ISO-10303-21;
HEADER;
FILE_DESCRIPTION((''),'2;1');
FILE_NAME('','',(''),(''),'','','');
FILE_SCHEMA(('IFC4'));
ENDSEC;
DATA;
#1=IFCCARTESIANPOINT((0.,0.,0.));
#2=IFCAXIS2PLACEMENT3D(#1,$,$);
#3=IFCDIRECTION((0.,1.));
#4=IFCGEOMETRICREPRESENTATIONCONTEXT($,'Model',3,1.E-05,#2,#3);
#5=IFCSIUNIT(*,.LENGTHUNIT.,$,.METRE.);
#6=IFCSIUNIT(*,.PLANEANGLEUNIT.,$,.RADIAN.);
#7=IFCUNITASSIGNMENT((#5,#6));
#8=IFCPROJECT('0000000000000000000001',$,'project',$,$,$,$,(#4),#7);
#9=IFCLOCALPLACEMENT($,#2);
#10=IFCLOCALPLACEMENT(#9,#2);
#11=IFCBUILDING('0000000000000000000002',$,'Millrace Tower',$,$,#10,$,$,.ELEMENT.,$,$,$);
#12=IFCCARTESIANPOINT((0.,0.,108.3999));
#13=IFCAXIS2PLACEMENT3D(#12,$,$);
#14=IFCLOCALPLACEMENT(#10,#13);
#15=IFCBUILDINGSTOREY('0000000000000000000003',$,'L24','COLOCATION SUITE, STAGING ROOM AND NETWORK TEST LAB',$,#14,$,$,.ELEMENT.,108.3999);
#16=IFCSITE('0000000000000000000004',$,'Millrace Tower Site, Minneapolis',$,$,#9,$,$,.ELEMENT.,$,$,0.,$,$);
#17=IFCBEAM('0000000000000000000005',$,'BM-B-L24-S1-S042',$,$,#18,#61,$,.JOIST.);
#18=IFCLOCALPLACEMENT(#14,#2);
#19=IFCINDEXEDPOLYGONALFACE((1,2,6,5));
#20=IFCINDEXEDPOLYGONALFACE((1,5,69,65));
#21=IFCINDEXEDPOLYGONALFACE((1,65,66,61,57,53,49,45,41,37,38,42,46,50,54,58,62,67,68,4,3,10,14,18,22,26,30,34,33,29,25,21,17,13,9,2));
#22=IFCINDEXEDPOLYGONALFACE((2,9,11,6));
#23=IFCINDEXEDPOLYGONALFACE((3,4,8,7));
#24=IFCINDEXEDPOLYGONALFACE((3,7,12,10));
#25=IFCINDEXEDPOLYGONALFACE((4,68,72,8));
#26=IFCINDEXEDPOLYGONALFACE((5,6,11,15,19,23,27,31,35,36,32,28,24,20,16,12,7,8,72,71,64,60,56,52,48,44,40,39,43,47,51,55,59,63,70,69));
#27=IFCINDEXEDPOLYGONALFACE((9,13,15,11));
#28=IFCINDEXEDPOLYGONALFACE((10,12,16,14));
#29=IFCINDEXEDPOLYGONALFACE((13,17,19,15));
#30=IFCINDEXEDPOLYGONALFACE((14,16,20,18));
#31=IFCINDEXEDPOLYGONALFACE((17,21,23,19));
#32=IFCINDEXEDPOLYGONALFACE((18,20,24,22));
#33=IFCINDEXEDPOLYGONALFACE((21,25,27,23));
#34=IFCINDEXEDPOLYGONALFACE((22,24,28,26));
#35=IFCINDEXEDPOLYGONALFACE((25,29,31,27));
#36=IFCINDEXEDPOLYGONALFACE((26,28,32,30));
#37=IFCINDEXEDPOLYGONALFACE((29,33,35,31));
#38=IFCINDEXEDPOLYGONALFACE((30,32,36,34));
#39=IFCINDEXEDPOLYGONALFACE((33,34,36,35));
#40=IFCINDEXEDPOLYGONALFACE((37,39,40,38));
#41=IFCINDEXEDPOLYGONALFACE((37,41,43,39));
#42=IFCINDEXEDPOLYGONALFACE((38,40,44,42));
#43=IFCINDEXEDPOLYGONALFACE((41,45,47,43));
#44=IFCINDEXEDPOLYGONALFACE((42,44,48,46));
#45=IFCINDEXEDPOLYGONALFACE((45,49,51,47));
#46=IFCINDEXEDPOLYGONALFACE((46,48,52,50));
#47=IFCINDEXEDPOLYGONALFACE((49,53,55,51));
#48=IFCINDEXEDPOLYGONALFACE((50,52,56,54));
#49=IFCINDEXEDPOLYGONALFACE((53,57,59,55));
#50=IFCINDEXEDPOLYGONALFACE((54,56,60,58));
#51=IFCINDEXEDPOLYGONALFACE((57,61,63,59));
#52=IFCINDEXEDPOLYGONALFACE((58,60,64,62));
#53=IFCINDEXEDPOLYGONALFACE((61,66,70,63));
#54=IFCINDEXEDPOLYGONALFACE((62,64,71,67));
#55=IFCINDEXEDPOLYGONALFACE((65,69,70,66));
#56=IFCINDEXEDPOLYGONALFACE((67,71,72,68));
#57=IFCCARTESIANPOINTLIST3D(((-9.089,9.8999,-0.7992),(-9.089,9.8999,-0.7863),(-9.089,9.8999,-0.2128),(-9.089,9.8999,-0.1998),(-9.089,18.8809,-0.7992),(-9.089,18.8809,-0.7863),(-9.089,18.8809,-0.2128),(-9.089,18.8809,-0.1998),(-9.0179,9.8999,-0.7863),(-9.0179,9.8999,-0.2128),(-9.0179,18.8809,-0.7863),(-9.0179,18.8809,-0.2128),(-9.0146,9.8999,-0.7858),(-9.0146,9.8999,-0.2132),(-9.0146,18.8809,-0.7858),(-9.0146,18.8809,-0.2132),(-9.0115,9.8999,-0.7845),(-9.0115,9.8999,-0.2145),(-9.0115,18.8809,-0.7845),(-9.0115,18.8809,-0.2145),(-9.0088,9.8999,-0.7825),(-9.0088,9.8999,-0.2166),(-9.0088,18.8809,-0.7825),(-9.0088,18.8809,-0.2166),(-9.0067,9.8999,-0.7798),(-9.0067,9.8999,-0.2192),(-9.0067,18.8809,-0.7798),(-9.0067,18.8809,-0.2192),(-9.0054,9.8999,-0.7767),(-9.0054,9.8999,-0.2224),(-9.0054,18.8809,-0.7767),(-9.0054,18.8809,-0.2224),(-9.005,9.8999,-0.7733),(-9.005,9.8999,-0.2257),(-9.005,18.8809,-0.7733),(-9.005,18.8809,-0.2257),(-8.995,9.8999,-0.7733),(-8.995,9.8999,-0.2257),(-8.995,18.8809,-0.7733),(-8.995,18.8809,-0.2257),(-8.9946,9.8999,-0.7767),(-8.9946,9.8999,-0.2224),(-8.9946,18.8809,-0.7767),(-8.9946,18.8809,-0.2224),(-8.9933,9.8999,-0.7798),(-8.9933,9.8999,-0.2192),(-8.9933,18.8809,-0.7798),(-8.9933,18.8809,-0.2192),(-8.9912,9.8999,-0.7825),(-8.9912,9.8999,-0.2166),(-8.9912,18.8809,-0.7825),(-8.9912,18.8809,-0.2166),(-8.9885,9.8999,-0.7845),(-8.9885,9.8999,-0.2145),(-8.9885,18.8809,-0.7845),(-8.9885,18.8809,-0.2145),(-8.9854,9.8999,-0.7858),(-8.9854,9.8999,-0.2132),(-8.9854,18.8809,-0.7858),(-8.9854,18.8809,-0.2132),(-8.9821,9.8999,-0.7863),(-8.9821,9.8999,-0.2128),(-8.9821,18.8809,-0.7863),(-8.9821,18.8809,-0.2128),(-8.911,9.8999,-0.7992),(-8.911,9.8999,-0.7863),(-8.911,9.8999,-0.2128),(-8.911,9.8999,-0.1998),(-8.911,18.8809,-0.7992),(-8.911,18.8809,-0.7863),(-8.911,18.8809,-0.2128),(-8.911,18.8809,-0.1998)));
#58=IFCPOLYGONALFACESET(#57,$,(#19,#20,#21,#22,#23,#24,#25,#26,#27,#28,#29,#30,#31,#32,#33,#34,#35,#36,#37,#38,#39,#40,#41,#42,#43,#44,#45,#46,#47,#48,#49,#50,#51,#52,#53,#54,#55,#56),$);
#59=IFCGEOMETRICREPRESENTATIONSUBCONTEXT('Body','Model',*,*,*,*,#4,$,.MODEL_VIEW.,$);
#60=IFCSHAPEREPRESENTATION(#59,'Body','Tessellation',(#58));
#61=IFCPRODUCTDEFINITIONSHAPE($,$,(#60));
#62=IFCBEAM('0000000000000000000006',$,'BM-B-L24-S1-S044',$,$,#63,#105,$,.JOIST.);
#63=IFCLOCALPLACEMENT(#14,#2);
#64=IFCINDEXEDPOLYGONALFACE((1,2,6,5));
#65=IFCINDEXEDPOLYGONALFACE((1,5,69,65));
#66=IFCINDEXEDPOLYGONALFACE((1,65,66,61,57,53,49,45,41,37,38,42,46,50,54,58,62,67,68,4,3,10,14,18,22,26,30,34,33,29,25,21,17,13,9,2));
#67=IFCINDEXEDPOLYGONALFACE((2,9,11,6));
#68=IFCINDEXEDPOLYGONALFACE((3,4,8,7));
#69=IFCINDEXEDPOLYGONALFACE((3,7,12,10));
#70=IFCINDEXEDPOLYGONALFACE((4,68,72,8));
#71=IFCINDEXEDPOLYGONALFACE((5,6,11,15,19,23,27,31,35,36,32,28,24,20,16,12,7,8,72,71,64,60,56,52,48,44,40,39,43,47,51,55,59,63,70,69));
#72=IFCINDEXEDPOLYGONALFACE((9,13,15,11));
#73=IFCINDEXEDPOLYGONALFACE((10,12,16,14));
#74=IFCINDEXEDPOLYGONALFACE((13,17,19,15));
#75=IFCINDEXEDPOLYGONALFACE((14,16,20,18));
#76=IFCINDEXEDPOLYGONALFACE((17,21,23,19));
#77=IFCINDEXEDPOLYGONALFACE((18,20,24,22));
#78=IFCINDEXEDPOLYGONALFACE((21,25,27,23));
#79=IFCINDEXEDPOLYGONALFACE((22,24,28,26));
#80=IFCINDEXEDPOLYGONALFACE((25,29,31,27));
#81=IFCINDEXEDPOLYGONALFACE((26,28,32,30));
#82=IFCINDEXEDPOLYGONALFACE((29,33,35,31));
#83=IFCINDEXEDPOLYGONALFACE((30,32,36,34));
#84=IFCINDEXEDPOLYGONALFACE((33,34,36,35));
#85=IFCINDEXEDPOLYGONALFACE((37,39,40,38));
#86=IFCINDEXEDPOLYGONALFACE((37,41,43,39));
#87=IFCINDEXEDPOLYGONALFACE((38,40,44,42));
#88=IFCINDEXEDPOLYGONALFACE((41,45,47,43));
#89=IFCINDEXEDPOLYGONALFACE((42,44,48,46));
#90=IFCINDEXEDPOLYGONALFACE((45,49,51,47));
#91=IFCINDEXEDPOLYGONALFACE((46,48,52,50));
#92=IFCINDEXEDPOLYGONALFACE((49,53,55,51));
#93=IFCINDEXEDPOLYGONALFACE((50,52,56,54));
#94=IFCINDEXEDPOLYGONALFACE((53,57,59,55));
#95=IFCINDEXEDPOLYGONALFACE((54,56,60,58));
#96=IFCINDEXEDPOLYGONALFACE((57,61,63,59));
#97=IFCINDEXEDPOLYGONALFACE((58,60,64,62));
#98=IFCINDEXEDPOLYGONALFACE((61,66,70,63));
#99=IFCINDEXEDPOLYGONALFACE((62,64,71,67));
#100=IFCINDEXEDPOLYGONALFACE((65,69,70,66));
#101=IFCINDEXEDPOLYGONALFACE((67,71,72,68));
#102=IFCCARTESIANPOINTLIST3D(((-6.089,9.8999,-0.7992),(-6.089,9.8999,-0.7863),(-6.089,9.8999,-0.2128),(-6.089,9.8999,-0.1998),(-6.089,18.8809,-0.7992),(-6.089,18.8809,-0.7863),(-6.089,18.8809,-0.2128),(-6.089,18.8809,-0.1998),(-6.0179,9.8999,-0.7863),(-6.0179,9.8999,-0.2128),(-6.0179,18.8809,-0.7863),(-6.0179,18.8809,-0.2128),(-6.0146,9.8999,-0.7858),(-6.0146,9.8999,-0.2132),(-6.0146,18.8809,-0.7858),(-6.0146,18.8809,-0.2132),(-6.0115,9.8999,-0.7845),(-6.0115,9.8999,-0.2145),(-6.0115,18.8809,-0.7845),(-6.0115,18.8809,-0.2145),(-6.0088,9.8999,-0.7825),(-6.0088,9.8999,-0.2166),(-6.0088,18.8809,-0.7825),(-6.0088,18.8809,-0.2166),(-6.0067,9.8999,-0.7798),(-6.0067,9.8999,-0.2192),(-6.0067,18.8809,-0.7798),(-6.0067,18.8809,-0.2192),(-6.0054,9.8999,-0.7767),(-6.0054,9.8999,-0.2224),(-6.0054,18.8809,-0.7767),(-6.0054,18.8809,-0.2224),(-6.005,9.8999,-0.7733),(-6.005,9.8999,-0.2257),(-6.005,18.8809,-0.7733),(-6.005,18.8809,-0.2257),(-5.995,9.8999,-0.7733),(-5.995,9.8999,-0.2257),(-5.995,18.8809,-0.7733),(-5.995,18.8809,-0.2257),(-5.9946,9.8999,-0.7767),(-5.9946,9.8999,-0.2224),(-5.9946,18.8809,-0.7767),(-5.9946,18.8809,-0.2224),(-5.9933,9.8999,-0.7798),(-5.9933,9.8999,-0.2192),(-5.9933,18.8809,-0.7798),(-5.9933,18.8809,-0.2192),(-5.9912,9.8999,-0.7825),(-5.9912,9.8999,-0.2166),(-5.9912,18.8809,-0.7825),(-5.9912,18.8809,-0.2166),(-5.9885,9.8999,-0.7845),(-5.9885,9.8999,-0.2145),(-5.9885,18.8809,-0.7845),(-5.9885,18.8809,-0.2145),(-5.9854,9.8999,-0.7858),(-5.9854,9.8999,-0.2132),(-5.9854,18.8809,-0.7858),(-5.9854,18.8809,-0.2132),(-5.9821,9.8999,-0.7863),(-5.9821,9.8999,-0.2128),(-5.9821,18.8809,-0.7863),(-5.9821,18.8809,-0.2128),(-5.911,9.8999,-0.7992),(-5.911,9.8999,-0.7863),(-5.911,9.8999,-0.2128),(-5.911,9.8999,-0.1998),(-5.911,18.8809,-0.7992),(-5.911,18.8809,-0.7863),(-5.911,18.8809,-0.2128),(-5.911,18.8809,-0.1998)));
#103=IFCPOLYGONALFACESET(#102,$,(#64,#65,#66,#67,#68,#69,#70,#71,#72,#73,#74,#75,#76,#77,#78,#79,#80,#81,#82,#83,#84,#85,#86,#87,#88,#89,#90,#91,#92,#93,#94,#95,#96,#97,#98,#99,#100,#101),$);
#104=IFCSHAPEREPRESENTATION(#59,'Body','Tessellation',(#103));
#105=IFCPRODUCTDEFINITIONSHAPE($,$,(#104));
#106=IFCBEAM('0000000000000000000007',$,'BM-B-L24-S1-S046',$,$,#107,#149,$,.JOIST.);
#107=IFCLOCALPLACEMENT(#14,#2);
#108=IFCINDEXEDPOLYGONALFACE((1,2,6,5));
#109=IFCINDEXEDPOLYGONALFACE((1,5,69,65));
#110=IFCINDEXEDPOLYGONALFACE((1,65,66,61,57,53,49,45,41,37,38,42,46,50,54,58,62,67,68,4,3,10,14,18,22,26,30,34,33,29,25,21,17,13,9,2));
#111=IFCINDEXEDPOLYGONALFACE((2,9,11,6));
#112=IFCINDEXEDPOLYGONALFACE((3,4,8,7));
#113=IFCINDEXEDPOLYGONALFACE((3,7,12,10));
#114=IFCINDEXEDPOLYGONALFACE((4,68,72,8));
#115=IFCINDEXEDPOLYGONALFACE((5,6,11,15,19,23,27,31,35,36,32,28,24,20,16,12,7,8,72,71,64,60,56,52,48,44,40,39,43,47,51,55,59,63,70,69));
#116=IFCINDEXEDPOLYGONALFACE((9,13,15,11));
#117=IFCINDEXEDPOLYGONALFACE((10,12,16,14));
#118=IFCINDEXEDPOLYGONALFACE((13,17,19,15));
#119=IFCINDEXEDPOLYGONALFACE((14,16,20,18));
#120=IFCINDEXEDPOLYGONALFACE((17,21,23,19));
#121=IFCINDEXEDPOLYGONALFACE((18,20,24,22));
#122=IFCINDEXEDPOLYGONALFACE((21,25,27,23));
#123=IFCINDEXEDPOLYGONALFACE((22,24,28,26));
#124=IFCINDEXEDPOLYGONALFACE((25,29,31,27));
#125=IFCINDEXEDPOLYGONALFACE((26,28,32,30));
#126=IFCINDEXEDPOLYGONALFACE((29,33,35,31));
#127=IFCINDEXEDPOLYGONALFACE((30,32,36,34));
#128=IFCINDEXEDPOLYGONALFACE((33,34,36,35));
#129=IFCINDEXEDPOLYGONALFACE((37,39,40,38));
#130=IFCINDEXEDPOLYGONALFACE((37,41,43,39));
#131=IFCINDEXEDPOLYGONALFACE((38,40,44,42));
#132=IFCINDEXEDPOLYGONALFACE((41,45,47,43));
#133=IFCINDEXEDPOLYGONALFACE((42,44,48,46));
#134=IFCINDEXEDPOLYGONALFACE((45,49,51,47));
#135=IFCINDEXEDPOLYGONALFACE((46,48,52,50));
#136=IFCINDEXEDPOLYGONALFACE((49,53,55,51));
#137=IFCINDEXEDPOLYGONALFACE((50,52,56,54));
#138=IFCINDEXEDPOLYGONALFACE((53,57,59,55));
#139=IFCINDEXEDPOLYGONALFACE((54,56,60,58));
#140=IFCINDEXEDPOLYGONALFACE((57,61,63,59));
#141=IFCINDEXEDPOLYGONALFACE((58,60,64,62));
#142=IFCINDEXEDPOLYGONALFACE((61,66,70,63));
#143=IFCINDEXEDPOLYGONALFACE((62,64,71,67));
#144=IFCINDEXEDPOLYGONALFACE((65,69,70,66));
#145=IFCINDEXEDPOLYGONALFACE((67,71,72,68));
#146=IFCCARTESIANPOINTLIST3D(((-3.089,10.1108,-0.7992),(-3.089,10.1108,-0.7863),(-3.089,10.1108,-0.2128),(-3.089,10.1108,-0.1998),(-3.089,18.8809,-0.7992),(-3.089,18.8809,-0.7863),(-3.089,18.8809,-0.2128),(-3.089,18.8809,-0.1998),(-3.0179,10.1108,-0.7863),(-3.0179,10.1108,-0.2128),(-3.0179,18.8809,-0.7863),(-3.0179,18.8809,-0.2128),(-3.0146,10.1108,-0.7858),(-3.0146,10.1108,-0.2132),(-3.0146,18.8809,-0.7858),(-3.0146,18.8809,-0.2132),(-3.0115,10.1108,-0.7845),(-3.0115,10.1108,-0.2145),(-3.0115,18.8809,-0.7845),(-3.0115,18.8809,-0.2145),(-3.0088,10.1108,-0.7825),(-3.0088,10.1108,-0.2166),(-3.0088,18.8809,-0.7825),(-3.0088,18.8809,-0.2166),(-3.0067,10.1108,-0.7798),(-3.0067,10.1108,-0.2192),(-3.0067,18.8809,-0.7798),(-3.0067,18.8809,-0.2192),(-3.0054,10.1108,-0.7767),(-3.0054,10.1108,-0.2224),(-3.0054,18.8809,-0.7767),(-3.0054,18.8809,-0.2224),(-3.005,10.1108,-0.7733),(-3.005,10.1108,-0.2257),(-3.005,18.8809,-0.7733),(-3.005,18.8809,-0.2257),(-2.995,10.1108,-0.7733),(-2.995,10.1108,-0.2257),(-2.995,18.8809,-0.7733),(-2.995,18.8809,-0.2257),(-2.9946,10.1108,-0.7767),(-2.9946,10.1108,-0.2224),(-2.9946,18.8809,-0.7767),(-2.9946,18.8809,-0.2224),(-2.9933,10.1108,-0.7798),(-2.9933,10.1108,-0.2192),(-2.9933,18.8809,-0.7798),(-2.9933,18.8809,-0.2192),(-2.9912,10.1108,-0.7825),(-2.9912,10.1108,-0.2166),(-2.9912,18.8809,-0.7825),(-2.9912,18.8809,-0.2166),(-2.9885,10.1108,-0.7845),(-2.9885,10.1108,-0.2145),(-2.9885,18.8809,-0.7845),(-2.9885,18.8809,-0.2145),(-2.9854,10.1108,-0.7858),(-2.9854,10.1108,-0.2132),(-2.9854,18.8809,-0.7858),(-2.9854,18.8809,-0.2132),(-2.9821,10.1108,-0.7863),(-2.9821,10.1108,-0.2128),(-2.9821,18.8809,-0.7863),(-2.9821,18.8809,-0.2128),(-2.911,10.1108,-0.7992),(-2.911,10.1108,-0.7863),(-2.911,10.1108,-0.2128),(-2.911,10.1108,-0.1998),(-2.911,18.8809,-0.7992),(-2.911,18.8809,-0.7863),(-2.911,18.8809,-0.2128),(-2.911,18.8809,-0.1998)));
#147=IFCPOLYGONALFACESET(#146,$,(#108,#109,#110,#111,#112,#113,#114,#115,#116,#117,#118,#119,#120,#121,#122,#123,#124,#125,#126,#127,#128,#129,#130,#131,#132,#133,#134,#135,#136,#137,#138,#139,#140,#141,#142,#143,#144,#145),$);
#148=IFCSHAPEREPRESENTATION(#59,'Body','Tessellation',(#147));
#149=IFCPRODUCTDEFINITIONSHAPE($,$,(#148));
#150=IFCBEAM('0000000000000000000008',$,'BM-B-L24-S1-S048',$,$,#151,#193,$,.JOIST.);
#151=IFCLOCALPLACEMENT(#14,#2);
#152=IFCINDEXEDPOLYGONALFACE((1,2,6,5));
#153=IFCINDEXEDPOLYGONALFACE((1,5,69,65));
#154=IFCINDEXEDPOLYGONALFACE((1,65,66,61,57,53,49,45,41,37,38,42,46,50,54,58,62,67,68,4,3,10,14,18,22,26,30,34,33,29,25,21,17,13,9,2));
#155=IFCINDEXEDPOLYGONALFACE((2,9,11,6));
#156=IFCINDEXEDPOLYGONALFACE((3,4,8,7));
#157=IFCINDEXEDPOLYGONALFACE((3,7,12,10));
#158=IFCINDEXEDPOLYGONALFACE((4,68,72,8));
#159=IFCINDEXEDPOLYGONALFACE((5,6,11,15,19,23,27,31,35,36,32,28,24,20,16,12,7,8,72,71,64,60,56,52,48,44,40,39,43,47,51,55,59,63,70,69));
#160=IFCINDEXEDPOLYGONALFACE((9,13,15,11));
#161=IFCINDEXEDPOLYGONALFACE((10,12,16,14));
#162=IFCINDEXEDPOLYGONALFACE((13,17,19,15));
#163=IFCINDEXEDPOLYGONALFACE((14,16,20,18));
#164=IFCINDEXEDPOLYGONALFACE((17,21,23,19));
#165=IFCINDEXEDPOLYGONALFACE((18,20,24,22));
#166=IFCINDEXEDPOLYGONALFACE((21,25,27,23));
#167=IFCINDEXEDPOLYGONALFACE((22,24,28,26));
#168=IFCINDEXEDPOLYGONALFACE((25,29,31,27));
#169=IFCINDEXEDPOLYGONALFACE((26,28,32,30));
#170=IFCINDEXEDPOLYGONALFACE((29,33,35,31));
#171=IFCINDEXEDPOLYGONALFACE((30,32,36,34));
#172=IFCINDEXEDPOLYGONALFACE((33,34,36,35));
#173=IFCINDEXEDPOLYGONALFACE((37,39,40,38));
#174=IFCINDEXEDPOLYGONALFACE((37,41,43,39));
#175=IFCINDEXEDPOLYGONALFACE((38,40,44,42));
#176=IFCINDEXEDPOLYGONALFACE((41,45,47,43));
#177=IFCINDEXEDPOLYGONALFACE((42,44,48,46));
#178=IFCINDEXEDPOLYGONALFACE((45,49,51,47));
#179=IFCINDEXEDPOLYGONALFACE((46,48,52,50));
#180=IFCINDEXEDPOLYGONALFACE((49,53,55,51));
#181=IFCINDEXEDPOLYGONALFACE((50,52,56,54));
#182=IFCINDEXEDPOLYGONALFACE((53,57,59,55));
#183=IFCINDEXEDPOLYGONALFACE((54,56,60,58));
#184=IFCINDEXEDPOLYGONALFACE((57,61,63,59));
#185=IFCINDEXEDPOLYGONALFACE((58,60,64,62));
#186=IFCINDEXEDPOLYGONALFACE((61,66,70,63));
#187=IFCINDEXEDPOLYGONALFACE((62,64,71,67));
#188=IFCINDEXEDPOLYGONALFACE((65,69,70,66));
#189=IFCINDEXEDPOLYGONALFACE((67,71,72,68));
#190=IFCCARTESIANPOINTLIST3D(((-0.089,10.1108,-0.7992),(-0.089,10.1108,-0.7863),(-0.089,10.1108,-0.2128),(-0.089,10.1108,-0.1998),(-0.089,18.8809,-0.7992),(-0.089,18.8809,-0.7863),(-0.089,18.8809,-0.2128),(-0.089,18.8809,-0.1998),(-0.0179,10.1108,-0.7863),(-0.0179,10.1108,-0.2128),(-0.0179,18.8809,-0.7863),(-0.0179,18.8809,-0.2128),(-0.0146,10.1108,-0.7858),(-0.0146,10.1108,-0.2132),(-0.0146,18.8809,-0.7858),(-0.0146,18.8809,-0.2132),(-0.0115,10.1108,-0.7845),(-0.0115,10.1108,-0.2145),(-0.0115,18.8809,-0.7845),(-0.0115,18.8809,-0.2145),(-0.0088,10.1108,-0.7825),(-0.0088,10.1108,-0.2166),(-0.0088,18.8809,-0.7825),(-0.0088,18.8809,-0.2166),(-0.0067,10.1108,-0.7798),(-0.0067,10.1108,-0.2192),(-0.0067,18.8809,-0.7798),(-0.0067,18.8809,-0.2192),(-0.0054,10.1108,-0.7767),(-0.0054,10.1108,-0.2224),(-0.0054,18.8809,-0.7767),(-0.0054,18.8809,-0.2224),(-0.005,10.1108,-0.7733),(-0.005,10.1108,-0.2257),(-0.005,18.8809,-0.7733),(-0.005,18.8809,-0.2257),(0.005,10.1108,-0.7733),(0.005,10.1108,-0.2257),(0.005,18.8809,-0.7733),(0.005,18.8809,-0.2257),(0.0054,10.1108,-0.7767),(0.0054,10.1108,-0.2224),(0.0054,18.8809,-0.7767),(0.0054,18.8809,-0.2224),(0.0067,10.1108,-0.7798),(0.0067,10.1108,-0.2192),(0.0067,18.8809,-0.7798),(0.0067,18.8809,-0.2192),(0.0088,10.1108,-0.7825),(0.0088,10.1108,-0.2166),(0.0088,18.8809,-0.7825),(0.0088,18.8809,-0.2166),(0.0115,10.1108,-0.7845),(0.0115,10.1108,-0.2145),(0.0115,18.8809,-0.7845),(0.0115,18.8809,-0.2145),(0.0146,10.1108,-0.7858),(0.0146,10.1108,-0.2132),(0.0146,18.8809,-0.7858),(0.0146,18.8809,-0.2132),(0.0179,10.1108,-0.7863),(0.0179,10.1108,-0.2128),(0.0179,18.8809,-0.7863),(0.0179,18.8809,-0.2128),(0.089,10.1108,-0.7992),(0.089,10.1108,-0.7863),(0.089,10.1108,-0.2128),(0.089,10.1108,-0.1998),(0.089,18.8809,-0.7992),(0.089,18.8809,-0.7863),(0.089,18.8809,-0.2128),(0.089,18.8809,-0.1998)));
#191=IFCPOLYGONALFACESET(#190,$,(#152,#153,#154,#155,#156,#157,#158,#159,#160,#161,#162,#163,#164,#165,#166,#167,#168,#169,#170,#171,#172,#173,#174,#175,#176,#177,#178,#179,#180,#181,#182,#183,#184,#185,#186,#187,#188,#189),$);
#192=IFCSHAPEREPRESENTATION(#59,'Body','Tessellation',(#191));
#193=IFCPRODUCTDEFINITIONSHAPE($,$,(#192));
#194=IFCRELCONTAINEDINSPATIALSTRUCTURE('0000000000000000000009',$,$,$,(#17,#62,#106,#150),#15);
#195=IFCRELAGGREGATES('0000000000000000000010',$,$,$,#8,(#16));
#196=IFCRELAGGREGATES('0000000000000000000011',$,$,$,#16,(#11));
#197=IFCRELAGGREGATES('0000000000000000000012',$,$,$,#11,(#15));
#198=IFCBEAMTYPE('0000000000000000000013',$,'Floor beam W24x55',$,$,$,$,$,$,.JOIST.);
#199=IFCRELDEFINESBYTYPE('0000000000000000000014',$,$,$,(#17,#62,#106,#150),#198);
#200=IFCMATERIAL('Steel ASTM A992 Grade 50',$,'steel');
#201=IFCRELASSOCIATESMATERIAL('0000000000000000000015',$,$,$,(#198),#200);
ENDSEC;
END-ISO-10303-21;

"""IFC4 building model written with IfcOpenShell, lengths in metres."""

from ifc_helpers import new_model, si_unit, direction, frame, origin, origin_2d, place, context, subcontext, project, spatial, i_section, extrude, material, material_profile, profile_set, type_object, element, save


model = new_model("IFC4")

# Units and contexts
model_context = context("Model", 3, precision=1e-05, world=origin(), true_north=direction((0.0, 1.0)))
body_context = subcontext(model_context, "Body", "Model", "MODEL_VIEW")
ifc_project = project(units=[si_unit("LENGTHUNIT", "METRE"), si_unit("PLANEANGLEUNIT", "RADIAN")], contexts=[model_context])

# Site, building, storey
site_placement = place(None, origin())
site = spatial("IfcSite", under=ifc_project, at=site_placement, Name="Millrace Tower Site, Minneapolis", CompositionType="ELEMENT", RefElevation=0.0)
building_placement = place(site_placement, origin())
building = spatial("IfcBuilding", under=site, at=building_placement, Name="Millrace Tower", CompositionType="ELEMENT")
storey_placement = place(building_placement, frame((0.0, 0.0, 108.3999)))
storey = spatial("IfcBuildingStorey", under=building, at=storey_placement, Name="L24", Description="COLOCATION SUITE, STAGING ROOM AND NETWORK TEST LAB", CompositionType="ELEMENT", Elevation=108.3999)

# Beams
ifc_material_1 = material(Name="Steel ASTM A992 Grade 50", Category="steel")
ifc_material_profile_1 = material_profile(ifc_material_1, i_section(OverallWidth=0.178, OverallDepth=0.5994, WebThickness=0.01, FlangeThickness=0.0129, FilletRadius=0.0129, at=origin_2d()))
ifc_profile_set_1 = profile_set([ifc_material_profile_1], Name="Steel ASTM A992 Grade 50")
beam_type_1 = type_object("IfcBeamType", Name="Floor beam W24x55", PredefinedType="JOIST", material=ifc_profile_set_1)
for number, where, z_axis, x_axis, name in (
    (1, (-9.0, 9.8999, -0.4995), (0.0, 1.0, 0.0), (-1.0, 0.0, 0.0), "BM-B-L24-S1-S042"),
    (2, (-6.0, 9.8999, -0.4995), (0.0, 1.0, 0.0), (-1.0, 0.0, 0.0), "BM-B-L24-S1-S044"),
):
    element("IfcBeam", number, at=place(storey_placement, frame(where, z_axis=z_axis, x_axis=x_axis)), inside=storey, type_object=beam_type_1, Name=name, PredefinedType="JOIST", context=body_context, shape_type="SweptSolid", body=[
        extrude(i_section(OverallWidth=0.178, OverallDepth=0.5994, WebThickness=0.01, FlangeThickness=0.0129, FilletRadius=0.0129, at=origin_2d()), origin(), (0.0, 0.0, 1.0), 8.981),
    ])
for number, where, z_axis, x_axis, name in (
    (3, (-3.0, 10.1108, -0.4995), (0.0, 1.0, 0.0), (-1.0, 0.0, 0.0), "BM-B-L24-S1-S046"),
    (4, (0.0, 10.1108, -0.4995), (0.0, 1.0, 0.0), (-1.0, 0.0, 0.0), "BM-B-L24-S1-S048"),
):
    element("IfcBeam", number, at=place(storey_placement, frame(where, z_axis=z_axis, x_axis=x_axis)), inside=storey, type_object=beam_type_1, Name=name, PredefinedType="JOIST", context=body_context, shape_type="SweptSolid", body=[
        extrude(i_section(OverallWidth=0.178, OverallDepth=0.5994, WebThickness=0.01, FlangeThickness=0.0129, FilletRadius=0.0129, at=origin_2d()), origin(), (0.0, 0.0, 1.0), 8.77),
    ])

save(model, "model.ifc")
